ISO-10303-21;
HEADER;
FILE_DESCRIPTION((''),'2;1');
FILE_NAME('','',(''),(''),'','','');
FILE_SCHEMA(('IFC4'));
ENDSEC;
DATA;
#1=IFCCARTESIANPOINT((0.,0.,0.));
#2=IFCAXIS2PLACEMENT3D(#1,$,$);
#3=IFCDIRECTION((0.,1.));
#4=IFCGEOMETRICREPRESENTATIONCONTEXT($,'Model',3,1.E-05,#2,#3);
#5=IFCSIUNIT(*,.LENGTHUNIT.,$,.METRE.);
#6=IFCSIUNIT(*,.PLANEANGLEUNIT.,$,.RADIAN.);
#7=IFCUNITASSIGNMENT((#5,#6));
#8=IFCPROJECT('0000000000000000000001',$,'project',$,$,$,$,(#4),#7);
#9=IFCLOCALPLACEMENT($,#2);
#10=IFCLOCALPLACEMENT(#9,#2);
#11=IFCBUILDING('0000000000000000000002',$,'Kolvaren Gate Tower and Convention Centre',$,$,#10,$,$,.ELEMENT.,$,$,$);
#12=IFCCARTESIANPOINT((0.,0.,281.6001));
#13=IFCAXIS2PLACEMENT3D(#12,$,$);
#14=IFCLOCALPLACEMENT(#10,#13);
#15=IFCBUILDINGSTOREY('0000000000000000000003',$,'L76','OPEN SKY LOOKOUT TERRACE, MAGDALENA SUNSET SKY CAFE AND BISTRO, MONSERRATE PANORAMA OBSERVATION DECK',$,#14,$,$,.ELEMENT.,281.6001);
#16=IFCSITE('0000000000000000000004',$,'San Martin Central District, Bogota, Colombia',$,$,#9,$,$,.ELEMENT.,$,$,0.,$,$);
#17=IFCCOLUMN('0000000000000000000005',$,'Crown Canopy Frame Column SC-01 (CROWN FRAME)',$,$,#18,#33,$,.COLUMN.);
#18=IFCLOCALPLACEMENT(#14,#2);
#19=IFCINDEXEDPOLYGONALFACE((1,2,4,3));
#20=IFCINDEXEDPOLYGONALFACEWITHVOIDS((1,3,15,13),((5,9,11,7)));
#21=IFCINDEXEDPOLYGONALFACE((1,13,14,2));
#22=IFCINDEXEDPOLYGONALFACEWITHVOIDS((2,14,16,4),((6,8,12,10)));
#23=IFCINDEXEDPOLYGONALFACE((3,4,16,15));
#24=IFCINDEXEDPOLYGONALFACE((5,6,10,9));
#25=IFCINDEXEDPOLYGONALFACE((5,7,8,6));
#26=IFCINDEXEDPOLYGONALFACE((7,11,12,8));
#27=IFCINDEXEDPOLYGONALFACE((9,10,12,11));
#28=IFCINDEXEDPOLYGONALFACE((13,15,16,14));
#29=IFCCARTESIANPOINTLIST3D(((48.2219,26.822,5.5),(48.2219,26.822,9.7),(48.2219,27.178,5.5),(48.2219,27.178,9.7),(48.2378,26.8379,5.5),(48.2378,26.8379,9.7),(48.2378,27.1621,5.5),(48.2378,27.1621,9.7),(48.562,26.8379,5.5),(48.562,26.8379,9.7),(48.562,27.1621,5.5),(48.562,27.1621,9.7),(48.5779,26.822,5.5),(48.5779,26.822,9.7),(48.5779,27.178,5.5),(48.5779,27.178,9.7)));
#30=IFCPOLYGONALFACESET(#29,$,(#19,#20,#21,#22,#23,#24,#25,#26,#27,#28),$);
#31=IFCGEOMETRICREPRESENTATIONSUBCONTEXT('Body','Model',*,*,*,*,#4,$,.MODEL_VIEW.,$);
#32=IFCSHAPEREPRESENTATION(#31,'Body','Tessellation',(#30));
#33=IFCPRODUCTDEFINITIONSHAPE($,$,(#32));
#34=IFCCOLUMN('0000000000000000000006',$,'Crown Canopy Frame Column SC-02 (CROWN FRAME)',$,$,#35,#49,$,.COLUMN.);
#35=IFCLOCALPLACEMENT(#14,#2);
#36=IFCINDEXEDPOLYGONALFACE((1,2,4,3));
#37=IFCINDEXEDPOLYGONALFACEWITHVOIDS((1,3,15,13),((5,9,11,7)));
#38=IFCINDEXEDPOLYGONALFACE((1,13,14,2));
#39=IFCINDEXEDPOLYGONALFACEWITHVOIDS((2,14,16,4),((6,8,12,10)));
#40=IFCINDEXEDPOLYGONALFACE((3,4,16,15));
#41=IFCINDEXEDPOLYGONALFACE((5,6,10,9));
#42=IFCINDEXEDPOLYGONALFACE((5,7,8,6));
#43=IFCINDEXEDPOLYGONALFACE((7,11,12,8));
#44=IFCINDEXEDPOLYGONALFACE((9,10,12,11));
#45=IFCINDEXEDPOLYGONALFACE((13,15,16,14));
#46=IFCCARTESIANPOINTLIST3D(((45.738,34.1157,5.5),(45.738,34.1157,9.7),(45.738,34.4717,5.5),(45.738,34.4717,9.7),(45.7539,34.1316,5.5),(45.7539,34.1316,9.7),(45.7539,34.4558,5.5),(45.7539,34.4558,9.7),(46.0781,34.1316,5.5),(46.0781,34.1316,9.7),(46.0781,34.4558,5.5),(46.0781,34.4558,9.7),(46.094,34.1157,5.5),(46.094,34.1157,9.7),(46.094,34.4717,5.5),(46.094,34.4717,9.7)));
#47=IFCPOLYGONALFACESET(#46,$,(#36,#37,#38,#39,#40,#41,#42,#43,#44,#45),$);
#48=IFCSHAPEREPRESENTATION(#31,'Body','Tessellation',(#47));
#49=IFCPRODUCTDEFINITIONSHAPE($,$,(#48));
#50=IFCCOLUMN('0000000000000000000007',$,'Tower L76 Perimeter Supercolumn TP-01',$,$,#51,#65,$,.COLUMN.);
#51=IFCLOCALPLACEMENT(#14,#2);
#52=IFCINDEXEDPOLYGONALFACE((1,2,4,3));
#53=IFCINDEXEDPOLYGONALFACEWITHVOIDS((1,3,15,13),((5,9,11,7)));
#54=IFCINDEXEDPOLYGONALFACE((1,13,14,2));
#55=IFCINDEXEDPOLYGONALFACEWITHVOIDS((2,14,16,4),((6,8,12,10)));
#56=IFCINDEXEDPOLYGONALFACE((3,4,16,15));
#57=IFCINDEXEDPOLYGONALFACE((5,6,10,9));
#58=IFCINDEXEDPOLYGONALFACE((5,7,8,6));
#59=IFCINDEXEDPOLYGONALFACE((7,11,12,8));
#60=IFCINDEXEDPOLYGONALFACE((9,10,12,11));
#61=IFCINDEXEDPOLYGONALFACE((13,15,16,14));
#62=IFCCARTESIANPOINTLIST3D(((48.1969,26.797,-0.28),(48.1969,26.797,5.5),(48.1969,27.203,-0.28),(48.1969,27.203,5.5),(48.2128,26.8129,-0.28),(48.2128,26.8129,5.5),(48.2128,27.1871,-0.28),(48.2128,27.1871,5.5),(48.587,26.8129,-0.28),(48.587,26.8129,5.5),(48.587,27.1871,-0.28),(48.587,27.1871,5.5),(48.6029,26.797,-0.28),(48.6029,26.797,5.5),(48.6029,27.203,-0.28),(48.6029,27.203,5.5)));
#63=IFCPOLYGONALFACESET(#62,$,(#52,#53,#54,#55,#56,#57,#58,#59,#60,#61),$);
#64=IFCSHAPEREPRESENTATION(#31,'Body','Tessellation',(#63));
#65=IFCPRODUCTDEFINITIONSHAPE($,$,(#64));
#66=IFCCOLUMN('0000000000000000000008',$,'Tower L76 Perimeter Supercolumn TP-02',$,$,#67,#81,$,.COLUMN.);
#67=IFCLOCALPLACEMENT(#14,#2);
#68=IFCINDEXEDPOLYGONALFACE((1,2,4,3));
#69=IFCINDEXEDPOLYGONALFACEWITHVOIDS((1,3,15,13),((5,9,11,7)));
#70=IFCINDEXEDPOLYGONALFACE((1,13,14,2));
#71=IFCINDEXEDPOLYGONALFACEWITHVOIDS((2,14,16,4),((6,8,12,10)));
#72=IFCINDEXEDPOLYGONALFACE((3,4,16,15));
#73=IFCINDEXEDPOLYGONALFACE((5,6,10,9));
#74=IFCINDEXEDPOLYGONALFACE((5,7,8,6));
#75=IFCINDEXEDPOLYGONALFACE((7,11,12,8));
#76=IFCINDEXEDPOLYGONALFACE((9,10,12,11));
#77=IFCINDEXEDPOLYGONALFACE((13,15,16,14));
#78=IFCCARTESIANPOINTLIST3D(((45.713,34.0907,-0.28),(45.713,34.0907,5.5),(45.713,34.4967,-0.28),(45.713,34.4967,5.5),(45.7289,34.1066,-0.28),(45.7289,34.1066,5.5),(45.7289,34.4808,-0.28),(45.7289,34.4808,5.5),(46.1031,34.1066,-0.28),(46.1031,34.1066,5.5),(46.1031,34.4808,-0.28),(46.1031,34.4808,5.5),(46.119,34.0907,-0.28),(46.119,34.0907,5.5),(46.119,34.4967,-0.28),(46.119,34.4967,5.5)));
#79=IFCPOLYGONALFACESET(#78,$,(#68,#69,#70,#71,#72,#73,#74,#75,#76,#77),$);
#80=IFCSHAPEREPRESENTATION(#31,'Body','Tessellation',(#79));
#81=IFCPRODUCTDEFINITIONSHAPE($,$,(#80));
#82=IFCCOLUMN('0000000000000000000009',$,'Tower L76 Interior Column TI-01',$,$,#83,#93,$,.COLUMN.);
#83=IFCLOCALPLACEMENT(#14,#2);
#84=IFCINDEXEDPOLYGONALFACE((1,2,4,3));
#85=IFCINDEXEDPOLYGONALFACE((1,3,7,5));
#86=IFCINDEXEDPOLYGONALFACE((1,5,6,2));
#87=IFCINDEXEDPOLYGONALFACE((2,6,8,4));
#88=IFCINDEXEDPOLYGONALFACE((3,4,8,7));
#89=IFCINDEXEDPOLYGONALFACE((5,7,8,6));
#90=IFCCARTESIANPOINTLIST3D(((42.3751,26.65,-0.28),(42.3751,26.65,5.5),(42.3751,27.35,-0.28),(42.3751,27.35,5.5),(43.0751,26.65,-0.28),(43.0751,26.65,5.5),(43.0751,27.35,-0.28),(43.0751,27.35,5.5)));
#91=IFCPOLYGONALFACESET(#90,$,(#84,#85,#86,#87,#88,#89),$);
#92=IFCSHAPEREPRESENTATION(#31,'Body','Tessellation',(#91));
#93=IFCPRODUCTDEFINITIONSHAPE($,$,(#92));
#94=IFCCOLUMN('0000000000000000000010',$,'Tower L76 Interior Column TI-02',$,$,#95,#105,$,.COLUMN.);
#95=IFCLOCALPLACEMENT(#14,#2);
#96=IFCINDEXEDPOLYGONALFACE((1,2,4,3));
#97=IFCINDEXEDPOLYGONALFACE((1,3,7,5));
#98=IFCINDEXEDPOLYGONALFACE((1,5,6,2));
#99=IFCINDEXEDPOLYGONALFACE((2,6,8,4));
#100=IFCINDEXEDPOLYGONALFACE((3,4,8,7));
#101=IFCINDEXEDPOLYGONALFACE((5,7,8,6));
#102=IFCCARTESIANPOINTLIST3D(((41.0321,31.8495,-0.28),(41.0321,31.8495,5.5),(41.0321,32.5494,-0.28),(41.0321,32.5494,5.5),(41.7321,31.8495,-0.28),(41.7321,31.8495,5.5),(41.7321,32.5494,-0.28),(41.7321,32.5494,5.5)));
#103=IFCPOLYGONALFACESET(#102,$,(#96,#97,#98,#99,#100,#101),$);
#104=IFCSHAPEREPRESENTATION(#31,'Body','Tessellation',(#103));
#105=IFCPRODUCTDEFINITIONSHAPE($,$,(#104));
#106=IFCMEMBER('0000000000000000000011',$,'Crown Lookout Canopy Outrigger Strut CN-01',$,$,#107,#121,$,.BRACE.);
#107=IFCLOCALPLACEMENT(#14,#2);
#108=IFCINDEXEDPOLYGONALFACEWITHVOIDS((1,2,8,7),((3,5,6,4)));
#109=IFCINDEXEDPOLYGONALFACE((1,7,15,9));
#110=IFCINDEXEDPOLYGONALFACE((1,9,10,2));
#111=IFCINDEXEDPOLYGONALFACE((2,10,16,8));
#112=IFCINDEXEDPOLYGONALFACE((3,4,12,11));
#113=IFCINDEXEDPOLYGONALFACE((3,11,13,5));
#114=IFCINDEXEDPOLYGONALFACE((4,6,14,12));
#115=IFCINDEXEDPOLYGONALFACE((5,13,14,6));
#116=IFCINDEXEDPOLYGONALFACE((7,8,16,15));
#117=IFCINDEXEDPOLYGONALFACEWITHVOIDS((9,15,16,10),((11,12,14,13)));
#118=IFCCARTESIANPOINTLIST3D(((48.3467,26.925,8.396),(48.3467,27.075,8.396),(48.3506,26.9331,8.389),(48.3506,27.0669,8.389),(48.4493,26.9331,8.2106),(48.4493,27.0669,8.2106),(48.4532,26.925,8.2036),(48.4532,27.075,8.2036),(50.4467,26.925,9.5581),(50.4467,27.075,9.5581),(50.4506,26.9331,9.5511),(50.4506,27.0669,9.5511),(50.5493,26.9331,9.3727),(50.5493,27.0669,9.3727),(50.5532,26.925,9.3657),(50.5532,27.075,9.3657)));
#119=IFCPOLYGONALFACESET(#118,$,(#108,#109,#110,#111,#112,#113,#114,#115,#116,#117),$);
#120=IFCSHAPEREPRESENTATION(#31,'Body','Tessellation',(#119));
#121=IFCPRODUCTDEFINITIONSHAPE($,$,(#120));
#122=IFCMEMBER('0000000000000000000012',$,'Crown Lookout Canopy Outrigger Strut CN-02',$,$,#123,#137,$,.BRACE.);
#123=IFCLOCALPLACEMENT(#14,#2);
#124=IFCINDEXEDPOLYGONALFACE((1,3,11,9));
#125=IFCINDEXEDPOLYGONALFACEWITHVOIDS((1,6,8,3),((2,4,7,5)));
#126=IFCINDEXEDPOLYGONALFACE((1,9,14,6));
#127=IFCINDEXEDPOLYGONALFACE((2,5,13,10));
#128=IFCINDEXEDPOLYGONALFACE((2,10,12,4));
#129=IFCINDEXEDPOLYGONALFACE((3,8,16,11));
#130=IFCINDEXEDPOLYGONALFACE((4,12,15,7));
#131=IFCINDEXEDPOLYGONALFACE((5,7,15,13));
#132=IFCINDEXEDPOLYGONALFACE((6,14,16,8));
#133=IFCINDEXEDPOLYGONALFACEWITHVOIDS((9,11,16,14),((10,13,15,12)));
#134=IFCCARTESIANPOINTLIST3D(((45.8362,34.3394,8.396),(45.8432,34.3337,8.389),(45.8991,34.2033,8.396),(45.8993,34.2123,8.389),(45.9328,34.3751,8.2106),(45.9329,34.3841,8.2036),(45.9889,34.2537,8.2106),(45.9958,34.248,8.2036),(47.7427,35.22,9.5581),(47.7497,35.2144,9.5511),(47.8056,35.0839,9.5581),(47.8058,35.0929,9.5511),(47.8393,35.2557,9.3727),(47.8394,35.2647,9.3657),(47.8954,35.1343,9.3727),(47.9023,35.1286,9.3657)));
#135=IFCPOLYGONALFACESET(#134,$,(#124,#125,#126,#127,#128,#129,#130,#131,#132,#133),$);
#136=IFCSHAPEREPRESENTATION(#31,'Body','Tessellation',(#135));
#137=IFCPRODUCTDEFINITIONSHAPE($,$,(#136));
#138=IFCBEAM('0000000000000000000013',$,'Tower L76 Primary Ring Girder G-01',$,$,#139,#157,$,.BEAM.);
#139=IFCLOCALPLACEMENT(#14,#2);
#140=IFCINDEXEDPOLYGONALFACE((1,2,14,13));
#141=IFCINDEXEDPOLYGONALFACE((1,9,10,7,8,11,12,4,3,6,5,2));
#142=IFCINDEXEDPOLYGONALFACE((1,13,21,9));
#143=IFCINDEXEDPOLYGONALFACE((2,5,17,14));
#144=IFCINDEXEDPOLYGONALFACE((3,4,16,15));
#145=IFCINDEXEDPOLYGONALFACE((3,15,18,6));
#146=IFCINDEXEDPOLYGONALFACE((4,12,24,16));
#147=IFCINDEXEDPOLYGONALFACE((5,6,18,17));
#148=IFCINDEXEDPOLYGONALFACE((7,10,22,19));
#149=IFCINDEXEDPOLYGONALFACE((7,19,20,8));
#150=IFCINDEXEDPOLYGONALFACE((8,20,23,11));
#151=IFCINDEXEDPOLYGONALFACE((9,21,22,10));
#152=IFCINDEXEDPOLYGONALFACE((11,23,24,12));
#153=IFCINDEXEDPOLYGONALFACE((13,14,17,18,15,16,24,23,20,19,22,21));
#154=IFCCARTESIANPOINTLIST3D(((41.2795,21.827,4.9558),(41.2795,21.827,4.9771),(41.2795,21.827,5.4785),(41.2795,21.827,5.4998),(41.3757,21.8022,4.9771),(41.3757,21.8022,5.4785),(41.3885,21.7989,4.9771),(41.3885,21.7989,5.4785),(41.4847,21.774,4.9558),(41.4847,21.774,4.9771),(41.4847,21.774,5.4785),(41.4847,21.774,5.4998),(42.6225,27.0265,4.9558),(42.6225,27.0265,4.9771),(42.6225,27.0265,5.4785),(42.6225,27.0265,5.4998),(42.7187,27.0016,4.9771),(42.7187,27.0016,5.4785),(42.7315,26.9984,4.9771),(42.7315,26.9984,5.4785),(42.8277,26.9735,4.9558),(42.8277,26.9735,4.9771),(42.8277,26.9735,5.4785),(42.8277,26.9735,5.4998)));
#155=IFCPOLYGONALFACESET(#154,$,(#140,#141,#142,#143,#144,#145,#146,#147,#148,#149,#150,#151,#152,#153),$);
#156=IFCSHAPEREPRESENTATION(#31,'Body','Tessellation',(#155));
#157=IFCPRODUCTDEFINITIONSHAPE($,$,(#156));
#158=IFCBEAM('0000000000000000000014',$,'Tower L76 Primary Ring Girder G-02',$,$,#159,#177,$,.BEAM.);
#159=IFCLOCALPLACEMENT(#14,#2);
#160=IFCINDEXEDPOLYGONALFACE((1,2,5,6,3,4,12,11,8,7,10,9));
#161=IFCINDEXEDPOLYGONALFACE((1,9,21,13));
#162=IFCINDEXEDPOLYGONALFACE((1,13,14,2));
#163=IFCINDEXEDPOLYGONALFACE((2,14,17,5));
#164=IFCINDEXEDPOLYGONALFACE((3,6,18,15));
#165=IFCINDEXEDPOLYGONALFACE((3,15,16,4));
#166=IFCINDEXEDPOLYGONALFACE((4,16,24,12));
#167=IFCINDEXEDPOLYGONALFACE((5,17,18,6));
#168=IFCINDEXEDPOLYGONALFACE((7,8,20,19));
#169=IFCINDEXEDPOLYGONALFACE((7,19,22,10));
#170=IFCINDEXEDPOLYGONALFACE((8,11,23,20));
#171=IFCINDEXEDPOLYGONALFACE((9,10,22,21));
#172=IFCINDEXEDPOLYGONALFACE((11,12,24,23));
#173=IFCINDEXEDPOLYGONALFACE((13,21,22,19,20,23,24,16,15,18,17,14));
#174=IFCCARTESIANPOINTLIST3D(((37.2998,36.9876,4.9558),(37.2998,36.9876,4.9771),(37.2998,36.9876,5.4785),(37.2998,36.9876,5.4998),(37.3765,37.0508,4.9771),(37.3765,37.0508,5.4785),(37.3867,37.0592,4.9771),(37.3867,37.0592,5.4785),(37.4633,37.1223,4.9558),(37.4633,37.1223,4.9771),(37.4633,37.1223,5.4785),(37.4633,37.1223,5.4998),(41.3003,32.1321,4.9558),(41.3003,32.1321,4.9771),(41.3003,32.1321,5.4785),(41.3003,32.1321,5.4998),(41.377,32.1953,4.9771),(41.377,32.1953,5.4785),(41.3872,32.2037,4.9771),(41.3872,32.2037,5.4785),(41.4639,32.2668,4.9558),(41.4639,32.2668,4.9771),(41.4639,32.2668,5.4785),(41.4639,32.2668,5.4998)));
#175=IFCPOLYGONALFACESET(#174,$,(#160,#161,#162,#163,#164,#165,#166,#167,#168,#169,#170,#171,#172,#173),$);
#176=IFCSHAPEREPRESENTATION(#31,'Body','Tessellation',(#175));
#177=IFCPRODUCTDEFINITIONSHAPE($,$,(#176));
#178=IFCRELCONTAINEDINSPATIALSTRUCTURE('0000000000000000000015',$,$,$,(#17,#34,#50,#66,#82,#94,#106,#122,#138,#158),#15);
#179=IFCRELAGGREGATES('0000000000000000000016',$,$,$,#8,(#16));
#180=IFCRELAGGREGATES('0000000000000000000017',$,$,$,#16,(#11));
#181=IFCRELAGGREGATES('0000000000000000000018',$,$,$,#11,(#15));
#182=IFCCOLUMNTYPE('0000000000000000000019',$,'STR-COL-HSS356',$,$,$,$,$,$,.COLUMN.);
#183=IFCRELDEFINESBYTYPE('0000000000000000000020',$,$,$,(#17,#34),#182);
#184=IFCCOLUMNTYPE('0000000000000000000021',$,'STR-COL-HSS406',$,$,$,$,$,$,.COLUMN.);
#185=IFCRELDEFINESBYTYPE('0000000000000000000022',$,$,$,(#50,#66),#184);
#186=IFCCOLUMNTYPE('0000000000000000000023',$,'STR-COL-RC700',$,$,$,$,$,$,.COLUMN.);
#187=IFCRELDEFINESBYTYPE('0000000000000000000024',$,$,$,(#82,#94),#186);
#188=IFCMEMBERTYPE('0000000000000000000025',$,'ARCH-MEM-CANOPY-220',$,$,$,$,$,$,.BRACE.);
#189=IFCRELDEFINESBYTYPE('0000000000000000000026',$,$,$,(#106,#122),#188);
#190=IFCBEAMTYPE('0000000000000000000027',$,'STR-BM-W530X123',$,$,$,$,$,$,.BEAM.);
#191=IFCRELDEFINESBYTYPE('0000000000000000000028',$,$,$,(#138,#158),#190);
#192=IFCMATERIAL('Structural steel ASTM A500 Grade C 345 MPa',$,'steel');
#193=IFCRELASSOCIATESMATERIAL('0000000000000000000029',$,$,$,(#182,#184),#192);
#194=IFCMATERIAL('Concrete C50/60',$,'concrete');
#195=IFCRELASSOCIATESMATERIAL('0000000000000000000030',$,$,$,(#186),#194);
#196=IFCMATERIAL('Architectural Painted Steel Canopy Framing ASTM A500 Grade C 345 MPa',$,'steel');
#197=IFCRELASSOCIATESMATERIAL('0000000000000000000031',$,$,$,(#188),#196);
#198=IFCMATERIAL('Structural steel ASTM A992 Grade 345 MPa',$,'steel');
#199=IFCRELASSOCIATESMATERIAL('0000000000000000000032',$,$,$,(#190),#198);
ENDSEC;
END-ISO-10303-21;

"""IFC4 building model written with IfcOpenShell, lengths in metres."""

from ifc_helpers import new_model, si_unit, direction, frame, origin, origin_2d, place, context, subcontext, project, spatial, rectangle, hollow_rectangle, i_section, extrude, material, material_profile, profile_set, type_object, element, save


model = new_model("IFC4")

# Units and contexts
model_context = context("Model", 3, precision=1e-05, world=origin(), true_north=direction((0.0, 1.0)))
body_context = subcontext(model_context, "Body", "Model", "MODEL_VIEW")
ifc_project = project(units=[si_unit("LENGTHUNIT", "METRE"), si_unit("PLANEANGLEUNIT", "RADIAN")], contexts=[model_context])

# Site, building, storey
site_placement = place(None, origin())
site = spatial("IfcSite", under=ifc_project, at=site_placement, Name="San Martin Central District, Bogota, Colombia", CompositionType="ELEMENT", RefElevation=0.0)
building_placement = place(site_placement, origin())
building = spatial("IfcBuilding", under=site, at=building_placement, Name="Kolvaren Gate Tower and Convention Centre", CompositionType="ELEMENT")
storey_placement = place(building_placement, frame((0.0, 0.0, 281.6001)))
storey = spatial("IfcBuildingStorey", under=building, at=storey_placement, Name="L76", Description="OPEN SKY LOOKOUT TERRACE, MAGDALENA SUNSET SKY CAFE AND BISTRO, MONSERRATE PANORAMA OBSERVATION DECK", CompositionType="ELEMENT", Elevation=281.6001)

# Columns
ifc_material_1 = material(Name="Structural steel ASTM A500 Grade C 345 MPa", Category="steel")
ifc_material_profile_1 = material_profile(ifc_material_1, hollow_rectangle(XDim=0.356, YDim=0.356, WallThickness=0.0159, at=origin_2d()), Name="HSS356X356X15.9")
ifc_profile_set_1 = profile_set([ifc_material_profile_1], Name="Structural steel ASTM A500 Grade C 345 MPa")
column_type_1 = type_object("IfcColumnType", Name="STR-COL-HSS356", PredefinedType="COLUMN", material=ifc_profile_set_1)
for number, where, z_axis, x_axis, name in (
    (1, (48.3999, 27.0, 5.5), (0.0, 0.0, 1.0), (1.0, 0.0, 0.0), "Crown Canopy Frame Column SC-01 (CROWN FRAME)"),
    (2, (45.916, 34.2937, 5.5), (0.0, 0.0, 1.0), (1.0, 0.0, 0.0), "Crown Canopy Frame Column SC-02 (CROWN FRAME)"),
):
    element("IfcColumn", number, at=place(storey_placement, frame(where, z_axis=z_axis, x_axis=x_axis)), inside=storey, type_object=column_type_1, Name=name, PredefinedType="COLUMN", context=body_context, shape_type="SweptSolid", body=[
        extrude(hollow_rectangle(XDim=0.356, YDim=0.356, WallThickness=0.0159, at=origin_2d()), origin(), (0.0, 0.0, 1.0), 4.2),
    ])
ifc_material_profile_2 = material_profile(ifc_material_1, hollow_rectangle(XDim=0.406, YDim=0.406, WallThickness=0.0159, at=origin_2d()), Name="HSS406X406X15.9")
ifc_profile_set_2 = profile_set([ifc_material_profile_2], Name="Structural steel ASTM A500 Grade C 345 MPa")
column_type_2 = type_object("IfcColumnType", Name="STR-COL-HSS406", PredefinedType="COLUMN", material=ifc_profile_set_2)
for number, where, z_axis, x_axis, name in (
    (3, (48.3999, 27.0, -0.28), (0.0, 0.0, 1.0), (1.0, 0.0, 0.0), "Tower L76 Perimeter Supercolumn TP-01"),
    (4, (45.916, 34.2937, -0.28), (0.0, 0.0, 1.0), (1.0, 0.0, 0.0), "Tower L76 Perimeter Supercolumn TP-02"),
):
    element("IfcColumn", number, at=place(storey_placement, frame(where, z_axis=z_axis, x_axis=x_axis)), inside=storey, type_object=column_type_2, Name=name, PredefinedType="COLUMN", context=body_context, shape_type="SweptSolid", body=[
        extrude(hollow_rectangle(XDim=0.406, YDim=0.406, WallThickness=0.0159, at=origin_2d()), origin(), (0.0, 0.0, 1.0), 5.78),
    ])
ifc_material_2 = material(Name="Concrete C50/60", Category="concrete")
ifc_material_profile_3 = material_profile(ifc_material_2, rectangle(XDim=0.7, YDim=0.7, at=origin_2d()), Name="RC-COL-700X700")
ifc_profile_set_3 = profile_set([ifc_material_profile_3], Name="Concrete C50/60")
column_type_3 = type_object("IfcColumnType", Name="STR-COL-RC700", PredefinedType="COLUMN", material=ifc_profile_set_3)
for number, where, z_axis, x_axis, name in (
    (5, (42.7251, 27.0, -0.28), (0.0, 0.0, 1.0), (1.0, 0.0, 0.0), "Tower L76 Interior Column TI-01"),
    (6, (41.3821, 32.1995, -0.28), (0.0, 0.0, 1.0), (1.0, 0.0, 0.0), "Tower L76 Interior Column TI-02"),
):
    element("IfcColumn", number, at=place(storey_placement, frame(where, z_axis=z_axis, x_axis=x_axis)), inside=storey, type_object=column_type_3, Name=name, PredefinedType="COLUMN", context=body_context, shape_type="SweptSolid", body=[
        extrude(rectangle(XDim=0.7, YDim=0.7, at=origin_2d()), origin(), (0.0, 0.0, 1.0), 5.78),
    ])

# Members
ifc_material_3 = material(Name="Architectural Painted Steel Canopy Framing ASTM A500 Grade C 345 MPa", Category="steel")
ifc_material_profile_4 = material_profile(ifc_material_3, hollow_rectangle(XDim=0.1499, YDim=0.22, WallThickness=0.0081, at=origin_2d()), Name="ARCH-MEM-CANOPY-220")
ifc_profile_set_4 = profile_set([ifc_material_profile_4], Name="Architectural Painted Steel Canopy Framing ASTM A500 Grade C 345 MPa")
member_type = type_object("IfcMemberType", Name="ARCH-MEM-CANOPY-220", PredefinedType="BRACE", material=ifc_profile_set_4)
for number, where, z_axis, x_axis, name in (
    (7, (48.3999, 27.0, 8.2998), (0.874972, 0.0, 0.484174), (0.0, 1.0, 0.0), "Crown Lookout Canopy Outrigger Strut CN-01"),
    (8, (45.916, 34.2937, 8.2998), (0.794324, 0.366901, 0.484183), (-0.419331, 0.907833, 0.0), "Crown Lookout Canopy Outrigger Strut CN-02"),
):
    element("IfcMember", number, at=place(storey_placement, frame(where, z_axis=z_axis, x_axis=x_axis)), inside=storey, type_object=member_type, Name=name, PredefinedType="BRACE", context=body_context, shape_type="SweptSolid", body=[
        extrude(hollow_rectangle(XDim=0.1499, YDim=0.22, WallThickness=0.0081, at=origin_2d()), origin(), (0.0, 0.0, 1.0), 2.4001),
    ])

# Beams
ifc_material_4 = material(Name="Structural steel ASTM A992 Grade 345 MPa", Category="steel")
ifc_material_profile_5 = material_profile(ifc_material_4, i_section(OverallWidth=0.2119, OverallDepth=0.5439, WebThickness=0.0132, FlangeThickness=0.0212, at=origin_2d()), Name="W530X123")
ifc_profile_set_5 = profile_set([ifc_material_profile_5], Name="Structural steel ASTM A992 Grade 345 MPa")
beam_type_1 = type_object("IfcBeamType", Name="STR-BM-W530X123", PredefinedType="BEAM", material=ifc_profile_set_5)
beam_1_placement = place(storey_placement, frame((42.7251, 27.0, 5.2278), z_axis=(-0.250091, -0.968222, 0.0), x_axis=(0.968222, -0.250091, 0.0)))
element("IfcBeam", 9, at=beam_1_placement, inside=storey, type_object=beam_type_1, Name="Tower L76 Primary Ring Girder G-01", PredefinedType="BEAM", context=body_context, shape_type="SweptSolid", body=[
    extrude(i_section(OverallWidth=0.2119, OverallDepth=0.5439, WebThickness=0.0132, FlangeThickness=0.0212, at=origin_2d()), origin(), (0.0, 0.0, 1.0), 5.3701),
])
beam_2_placement = place(storey_placement, frame((41.3821, 32.1995, 5.2278), z_axis=(-0.635884, 0.771785, 0.0), x_axis=(-0.771785, -0.635884, 0.0)))
element("IfcBeam", 10, at=beam_2_placement, inside=storey, type_object=beam_type_1, Name="Tower L76 Primary Ring Girder G-02", PredefinedType="BEAM", context=body_context, shape_type="SweptSolid", body=[
    extrude(i_section(OverallWidth=0.2119, OverallDepth=0.5439, WebThickness=0.0132, FlangeThickness=0.0212, at=origin_2d()), origin(), (0.0, 0.0, 1.0), 6.2913),
])

save(model, "model.ifc")
